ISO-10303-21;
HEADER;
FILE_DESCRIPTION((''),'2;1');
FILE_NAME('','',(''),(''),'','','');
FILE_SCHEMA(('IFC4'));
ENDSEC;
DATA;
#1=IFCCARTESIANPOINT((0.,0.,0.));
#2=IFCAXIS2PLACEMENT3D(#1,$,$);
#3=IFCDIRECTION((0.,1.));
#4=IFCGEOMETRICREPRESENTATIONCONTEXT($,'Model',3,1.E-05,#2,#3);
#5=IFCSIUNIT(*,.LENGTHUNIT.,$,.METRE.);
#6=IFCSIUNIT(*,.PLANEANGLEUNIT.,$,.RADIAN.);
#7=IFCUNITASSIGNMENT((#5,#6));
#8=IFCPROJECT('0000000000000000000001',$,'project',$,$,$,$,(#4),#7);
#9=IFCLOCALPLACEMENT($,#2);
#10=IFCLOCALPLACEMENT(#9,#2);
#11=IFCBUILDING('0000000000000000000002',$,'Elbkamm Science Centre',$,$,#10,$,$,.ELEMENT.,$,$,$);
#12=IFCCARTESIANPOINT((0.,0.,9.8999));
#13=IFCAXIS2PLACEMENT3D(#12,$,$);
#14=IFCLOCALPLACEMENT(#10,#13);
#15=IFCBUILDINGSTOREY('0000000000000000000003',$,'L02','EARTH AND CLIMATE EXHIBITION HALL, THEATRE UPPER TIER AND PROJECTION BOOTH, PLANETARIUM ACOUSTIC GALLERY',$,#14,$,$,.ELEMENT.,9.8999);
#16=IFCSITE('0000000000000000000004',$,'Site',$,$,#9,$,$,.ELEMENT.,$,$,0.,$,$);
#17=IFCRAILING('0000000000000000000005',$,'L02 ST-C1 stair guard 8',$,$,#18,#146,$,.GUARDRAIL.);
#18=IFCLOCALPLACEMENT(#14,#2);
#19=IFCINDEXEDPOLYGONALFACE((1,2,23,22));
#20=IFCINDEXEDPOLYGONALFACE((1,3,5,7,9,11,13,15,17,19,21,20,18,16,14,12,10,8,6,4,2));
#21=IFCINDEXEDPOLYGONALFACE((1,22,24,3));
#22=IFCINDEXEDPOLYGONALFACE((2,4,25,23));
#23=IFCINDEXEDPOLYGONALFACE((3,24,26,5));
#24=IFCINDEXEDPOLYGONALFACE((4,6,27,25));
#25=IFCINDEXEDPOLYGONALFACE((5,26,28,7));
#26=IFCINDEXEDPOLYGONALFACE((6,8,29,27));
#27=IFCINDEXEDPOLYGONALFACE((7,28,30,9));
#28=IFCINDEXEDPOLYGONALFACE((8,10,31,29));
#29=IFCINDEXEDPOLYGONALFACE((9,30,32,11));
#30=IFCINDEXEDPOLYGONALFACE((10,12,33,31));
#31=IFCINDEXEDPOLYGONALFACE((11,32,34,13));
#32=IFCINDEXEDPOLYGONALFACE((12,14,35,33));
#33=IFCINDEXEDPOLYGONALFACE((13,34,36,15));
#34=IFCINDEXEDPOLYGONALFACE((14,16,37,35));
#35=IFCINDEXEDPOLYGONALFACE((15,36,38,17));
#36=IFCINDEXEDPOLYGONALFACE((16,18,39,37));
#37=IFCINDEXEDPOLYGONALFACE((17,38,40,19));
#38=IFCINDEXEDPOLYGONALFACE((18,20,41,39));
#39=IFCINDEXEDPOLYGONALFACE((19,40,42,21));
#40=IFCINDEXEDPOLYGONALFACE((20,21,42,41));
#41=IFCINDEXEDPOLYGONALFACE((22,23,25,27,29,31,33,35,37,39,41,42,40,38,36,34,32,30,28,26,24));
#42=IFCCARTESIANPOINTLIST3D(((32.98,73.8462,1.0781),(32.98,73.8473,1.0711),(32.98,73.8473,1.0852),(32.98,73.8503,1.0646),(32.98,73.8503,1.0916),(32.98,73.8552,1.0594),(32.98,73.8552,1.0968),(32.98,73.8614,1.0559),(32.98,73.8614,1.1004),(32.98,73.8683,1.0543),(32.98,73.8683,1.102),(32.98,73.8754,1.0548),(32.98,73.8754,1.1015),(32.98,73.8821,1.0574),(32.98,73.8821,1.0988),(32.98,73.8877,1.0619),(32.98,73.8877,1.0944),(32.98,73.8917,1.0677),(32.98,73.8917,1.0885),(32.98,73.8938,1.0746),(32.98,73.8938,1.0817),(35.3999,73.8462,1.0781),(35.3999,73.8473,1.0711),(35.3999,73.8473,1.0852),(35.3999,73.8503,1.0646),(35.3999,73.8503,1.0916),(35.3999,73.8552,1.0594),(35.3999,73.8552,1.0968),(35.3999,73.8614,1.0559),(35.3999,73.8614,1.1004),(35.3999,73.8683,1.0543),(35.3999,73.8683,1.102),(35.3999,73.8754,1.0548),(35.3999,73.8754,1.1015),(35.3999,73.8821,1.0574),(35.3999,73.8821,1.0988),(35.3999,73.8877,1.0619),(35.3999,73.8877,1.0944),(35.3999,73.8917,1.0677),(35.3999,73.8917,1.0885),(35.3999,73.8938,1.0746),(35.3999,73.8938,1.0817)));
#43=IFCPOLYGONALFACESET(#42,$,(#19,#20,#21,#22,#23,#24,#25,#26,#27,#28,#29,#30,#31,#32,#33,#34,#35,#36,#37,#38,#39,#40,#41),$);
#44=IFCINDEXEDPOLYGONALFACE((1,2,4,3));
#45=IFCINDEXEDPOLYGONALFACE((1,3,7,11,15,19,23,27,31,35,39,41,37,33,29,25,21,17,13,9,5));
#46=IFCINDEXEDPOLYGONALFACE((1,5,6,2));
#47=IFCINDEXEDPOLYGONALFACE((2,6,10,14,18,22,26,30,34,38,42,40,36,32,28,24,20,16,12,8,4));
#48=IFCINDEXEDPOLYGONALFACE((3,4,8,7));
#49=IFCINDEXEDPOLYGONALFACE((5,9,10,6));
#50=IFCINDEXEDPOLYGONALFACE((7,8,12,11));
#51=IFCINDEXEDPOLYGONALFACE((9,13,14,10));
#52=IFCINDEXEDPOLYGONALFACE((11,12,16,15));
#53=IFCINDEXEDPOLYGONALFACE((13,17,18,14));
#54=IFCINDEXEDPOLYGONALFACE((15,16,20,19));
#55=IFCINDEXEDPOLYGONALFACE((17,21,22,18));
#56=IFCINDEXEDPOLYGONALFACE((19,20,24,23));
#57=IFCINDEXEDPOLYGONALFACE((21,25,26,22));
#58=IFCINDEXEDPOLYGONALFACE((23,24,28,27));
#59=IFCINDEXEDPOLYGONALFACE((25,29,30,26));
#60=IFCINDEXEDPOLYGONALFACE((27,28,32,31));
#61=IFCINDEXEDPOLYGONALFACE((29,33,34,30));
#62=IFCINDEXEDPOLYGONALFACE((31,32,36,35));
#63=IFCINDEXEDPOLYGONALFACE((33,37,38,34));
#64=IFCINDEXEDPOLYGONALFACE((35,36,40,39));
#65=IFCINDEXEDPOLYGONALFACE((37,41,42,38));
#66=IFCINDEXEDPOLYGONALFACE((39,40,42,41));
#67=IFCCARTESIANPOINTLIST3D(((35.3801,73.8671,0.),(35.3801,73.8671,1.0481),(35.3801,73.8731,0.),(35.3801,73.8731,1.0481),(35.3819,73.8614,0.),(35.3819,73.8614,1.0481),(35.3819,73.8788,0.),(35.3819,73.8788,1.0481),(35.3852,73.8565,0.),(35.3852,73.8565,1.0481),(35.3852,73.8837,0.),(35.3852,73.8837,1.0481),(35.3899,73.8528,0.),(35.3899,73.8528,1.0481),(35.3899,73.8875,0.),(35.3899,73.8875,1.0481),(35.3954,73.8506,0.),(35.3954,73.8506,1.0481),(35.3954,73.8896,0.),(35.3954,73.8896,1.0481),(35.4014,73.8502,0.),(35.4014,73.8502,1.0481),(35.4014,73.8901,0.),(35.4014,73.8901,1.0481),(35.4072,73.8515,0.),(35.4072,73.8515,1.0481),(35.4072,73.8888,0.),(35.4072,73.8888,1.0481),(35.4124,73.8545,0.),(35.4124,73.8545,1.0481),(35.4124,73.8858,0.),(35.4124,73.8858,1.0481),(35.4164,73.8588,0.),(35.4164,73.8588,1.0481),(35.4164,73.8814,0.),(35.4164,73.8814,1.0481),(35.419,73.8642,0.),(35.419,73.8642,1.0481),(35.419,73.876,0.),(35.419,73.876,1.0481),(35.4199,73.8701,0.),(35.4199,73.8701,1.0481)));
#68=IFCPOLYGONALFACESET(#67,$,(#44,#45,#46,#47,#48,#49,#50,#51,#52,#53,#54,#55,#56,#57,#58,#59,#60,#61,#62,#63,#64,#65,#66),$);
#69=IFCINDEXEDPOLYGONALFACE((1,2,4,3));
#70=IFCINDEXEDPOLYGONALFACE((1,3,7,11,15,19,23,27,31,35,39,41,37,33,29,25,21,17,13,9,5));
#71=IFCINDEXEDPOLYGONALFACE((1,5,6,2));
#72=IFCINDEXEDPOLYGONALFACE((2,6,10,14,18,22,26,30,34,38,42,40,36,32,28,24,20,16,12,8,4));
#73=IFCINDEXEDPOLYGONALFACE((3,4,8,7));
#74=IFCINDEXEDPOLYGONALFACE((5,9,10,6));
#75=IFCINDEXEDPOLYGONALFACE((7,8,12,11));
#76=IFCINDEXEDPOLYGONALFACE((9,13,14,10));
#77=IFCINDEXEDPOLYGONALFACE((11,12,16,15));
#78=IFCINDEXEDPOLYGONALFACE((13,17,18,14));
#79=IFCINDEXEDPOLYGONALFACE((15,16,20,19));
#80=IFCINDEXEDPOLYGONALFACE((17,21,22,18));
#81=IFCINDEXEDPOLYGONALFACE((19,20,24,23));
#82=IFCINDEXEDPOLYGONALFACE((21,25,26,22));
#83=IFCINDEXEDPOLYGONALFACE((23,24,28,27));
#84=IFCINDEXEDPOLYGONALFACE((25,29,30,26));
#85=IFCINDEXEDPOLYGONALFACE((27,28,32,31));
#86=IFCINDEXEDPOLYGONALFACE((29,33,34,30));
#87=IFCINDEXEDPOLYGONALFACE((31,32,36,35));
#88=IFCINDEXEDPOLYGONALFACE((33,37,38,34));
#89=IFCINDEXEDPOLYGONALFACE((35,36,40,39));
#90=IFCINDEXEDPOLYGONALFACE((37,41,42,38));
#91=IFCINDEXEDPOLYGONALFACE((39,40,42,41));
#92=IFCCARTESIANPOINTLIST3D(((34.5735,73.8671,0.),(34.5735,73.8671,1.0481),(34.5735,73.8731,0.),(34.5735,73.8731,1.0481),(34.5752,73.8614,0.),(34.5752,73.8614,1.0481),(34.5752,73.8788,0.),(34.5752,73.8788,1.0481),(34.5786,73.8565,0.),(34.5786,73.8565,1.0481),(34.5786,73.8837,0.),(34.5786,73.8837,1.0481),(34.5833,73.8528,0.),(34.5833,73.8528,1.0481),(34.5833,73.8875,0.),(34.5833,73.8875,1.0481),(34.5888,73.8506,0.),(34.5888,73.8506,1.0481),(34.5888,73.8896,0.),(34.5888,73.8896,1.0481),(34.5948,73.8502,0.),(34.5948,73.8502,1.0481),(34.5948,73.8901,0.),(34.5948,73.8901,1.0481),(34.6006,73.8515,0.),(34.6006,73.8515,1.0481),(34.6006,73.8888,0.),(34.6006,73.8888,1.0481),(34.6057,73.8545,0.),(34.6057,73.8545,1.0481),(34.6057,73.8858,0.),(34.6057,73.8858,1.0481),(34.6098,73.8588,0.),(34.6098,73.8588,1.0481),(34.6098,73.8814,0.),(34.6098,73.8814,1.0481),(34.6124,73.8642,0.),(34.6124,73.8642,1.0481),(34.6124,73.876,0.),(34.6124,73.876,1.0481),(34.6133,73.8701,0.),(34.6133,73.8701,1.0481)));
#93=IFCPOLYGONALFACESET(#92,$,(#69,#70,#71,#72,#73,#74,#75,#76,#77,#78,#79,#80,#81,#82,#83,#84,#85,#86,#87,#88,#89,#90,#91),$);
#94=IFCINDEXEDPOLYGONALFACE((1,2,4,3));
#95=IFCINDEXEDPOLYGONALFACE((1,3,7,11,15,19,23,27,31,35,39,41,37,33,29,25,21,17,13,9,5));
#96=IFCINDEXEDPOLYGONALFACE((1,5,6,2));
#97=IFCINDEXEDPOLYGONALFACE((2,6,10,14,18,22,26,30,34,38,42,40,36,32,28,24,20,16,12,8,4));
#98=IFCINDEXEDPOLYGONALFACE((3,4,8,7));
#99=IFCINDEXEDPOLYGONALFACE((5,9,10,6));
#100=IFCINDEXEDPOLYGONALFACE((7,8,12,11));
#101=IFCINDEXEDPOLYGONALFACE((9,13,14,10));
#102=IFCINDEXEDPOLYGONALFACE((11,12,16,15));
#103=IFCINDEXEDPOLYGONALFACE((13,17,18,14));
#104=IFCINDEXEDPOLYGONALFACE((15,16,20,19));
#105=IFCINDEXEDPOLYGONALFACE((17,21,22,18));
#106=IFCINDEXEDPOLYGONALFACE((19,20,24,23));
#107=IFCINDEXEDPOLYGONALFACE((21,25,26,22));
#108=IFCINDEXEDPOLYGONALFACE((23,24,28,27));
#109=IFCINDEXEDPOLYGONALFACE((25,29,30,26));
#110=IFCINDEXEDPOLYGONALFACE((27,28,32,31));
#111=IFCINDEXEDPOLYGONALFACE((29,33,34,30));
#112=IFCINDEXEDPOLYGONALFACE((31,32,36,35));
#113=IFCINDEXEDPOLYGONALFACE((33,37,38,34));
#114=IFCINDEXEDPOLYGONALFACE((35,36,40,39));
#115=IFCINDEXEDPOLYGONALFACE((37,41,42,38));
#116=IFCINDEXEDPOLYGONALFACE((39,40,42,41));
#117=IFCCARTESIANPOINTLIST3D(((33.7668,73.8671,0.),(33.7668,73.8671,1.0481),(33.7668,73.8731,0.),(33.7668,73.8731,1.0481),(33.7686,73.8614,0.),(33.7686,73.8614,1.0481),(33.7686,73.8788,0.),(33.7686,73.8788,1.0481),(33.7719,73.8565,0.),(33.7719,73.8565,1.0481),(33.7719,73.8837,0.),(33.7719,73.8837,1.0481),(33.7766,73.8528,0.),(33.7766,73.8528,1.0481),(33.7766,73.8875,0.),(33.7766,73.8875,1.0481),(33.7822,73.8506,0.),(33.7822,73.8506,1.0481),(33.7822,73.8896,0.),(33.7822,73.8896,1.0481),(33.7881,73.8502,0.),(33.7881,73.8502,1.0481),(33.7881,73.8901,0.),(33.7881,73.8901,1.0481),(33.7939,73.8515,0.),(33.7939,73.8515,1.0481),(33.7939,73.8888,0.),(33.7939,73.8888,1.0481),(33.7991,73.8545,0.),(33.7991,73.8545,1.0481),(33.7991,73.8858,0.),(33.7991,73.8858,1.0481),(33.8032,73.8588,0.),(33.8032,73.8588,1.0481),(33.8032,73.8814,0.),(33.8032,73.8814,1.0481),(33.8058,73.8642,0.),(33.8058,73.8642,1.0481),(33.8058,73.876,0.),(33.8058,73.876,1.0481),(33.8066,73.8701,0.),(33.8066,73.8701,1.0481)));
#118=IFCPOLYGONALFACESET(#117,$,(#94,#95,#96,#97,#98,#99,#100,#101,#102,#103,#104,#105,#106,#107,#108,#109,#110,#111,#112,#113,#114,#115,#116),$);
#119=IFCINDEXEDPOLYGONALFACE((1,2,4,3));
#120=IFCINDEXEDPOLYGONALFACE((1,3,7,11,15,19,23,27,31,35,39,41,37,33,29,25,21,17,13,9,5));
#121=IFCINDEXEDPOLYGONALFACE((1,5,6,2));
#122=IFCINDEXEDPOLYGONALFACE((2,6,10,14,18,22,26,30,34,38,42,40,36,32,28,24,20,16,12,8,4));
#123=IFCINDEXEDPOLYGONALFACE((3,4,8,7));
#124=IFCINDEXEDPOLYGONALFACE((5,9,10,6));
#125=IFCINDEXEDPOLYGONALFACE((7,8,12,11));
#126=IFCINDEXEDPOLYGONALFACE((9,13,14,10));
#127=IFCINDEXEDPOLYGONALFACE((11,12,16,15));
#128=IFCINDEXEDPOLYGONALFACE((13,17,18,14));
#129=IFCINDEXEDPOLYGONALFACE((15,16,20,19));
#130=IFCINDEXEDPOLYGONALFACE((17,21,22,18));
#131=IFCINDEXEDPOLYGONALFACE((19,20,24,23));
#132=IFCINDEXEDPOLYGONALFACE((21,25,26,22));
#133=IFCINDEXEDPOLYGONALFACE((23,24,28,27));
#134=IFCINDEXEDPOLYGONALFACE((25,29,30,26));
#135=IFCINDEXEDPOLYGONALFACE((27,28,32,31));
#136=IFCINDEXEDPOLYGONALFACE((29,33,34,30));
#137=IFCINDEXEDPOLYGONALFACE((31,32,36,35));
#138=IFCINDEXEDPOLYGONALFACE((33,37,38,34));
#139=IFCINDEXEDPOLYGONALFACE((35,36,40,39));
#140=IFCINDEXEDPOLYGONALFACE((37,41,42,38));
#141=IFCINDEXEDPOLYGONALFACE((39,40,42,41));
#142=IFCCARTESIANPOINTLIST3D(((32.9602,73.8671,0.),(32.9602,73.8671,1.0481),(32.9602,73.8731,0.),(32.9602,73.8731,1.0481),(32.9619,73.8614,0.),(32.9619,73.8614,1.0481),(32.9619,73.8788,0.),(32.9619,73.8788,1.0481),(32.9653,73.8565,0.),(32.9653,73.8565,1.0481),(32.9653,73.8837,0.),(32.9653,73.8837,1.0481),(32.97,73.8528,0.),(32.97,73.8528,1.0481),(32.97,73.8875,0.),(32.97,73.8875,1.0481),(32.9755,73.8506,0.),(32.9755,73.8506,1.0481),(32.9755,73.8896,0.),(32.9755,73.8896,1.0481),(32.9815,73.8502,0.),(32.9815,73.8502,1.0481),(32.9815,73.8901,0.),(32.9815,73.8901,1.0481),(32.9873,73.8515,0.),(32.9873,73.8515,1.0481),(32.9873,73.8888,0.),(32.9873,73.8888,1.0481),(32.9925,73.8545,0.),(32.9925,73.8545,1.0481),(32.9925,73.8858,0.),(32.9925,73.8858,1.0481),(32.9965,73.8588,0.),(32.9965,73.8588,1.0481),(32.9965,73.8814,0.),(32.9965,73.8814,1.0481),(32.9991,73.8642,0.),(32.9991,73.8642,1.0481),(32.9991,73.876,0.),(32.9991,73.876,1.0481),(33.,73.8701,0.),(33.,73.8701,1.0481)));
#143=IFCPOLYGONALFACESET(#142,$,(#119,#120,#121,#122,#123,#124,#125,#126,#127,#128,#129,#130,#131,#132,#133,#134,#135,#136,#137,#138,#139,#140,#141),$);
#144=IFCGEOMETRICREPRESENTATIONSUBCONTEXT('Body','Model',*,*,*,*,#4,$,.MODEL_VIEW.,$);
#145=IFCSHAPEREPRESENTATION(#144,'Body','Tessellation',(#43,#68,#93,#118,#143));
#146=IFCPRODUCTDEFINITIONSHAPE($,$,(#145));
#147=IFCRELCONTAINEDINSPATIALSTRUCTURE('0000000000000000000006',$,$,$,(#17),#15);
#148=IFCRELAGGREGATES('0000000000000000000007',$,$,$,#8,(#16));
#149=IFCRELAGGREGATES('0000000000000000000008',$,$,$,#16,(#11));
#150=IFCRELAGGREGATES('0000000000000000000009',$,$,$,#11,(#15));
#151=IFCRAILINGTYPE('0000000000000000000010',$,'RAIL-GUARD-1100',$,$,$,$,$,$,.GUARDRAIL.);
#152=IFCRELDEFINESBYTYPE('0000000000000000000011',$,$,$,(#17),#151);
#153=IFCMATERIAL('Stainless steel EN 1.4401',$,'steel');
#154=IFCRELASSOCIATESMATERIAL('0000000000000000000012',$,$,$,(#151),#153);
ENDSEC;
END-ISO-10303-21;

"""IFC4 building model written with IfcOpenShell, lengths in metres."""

from ifc_helpers import new_model, si_unit, direction, frame, origin, origin_2d, place, context, subcontext, project, spatial, circle, extrude, material, type_object, element, save


model = new_model("IFC4")

# Units and contexts
model_context = context("Model", 3, precision=1e-05, world=origin(), true_north=direction((0.0, 1.0)))
body_context = subcontext(model_context, "Body", "Model", "MODEL_VIEW")
ifc_project = project(units=[si_unit("LENGTHUNIT", "METRE"), si_unit("PLANEANGLEUNIT", "RADIAN")], contexts=[model_context])

# Site, building, storey
site_placement = place(None, origin())
site = spatial("IfcSite", under=ifc_project, at=site_placement, Name="Site", CompositionType="ELEMENT", RefElevation=0.0)
building_placement = place(site_placement, origin())
building = spatial("IfcBuilding", under=site, at=building_placement, Name="Elbkamm Science Centre", CompositionType="ELEMENT")
storey_placement = place(building_placement, frame((0.0, 0.0, 9.8999)))
storey = spatial("IfcBuildingStorey", under=building, at=storey_placement, Name="L02", Description="EARTH AND CLIMATE EXHIBITION HALL, THEATRE UPPER TIER AND PROJECTION BOOTH, PLANETARIUM ACOUSTIC GALLERY", CompositionType="ELEMENT", Elevation=9.8999)

# Railing
ifc_material_1 = material(Name="Stainless steel EN 1.4401", Category="steel")
railing_type_1 = type_object("IfcRailingType", Name="RAIL-GUARD-1100", PredefinedType="GUARDRAIL", material=ifc_material_1)
railing_1_placement = place(storey_placement, frame((35.3999, 73.8701, 0.0)))
element("IfcRailing", 1, at=railing_1_placement, inside=storey, type_object=railing_type_1, Name="L02 ST-C1 stair guard 8", PredefinedType="GUARDRAIL", context=body_context, shape_type="SweptSolid", body=[
    extrude(circle(Radius=0.0239, at=origin_2d()), frame((0.0, 0.0, 1.0781), z_axis=(-1.0, 0.0, 0.0), x_axis=(0.0, -1.0, 0.0)), (0.0, 0.0, 1.0), 2.4199),
    extrude(circle(Radius=0.02, at=origin_2d()), origin(), (0.0, 0.0, 1.0), 1.0481),
    extrude(circle(Radius=0.02, at=origin_2d()), frame((-0.8066, 0.0, 0.0)), (0.0, 0.0, 1.0), 1.0481),
    extrude(circle(Radius=0.02, at=origin_2d()), frame((-1.6133, 0.0, 0.0)), (0.0, 0.0, 1.0), 1.0481),
    extrude(circle(Radius=0.02, at=origin_2d()), frame((-2.4199, 0.0, 0.0)), (0.0, 0.0, 1.0), 1.0481),
])

save(model, "model.ifc")
